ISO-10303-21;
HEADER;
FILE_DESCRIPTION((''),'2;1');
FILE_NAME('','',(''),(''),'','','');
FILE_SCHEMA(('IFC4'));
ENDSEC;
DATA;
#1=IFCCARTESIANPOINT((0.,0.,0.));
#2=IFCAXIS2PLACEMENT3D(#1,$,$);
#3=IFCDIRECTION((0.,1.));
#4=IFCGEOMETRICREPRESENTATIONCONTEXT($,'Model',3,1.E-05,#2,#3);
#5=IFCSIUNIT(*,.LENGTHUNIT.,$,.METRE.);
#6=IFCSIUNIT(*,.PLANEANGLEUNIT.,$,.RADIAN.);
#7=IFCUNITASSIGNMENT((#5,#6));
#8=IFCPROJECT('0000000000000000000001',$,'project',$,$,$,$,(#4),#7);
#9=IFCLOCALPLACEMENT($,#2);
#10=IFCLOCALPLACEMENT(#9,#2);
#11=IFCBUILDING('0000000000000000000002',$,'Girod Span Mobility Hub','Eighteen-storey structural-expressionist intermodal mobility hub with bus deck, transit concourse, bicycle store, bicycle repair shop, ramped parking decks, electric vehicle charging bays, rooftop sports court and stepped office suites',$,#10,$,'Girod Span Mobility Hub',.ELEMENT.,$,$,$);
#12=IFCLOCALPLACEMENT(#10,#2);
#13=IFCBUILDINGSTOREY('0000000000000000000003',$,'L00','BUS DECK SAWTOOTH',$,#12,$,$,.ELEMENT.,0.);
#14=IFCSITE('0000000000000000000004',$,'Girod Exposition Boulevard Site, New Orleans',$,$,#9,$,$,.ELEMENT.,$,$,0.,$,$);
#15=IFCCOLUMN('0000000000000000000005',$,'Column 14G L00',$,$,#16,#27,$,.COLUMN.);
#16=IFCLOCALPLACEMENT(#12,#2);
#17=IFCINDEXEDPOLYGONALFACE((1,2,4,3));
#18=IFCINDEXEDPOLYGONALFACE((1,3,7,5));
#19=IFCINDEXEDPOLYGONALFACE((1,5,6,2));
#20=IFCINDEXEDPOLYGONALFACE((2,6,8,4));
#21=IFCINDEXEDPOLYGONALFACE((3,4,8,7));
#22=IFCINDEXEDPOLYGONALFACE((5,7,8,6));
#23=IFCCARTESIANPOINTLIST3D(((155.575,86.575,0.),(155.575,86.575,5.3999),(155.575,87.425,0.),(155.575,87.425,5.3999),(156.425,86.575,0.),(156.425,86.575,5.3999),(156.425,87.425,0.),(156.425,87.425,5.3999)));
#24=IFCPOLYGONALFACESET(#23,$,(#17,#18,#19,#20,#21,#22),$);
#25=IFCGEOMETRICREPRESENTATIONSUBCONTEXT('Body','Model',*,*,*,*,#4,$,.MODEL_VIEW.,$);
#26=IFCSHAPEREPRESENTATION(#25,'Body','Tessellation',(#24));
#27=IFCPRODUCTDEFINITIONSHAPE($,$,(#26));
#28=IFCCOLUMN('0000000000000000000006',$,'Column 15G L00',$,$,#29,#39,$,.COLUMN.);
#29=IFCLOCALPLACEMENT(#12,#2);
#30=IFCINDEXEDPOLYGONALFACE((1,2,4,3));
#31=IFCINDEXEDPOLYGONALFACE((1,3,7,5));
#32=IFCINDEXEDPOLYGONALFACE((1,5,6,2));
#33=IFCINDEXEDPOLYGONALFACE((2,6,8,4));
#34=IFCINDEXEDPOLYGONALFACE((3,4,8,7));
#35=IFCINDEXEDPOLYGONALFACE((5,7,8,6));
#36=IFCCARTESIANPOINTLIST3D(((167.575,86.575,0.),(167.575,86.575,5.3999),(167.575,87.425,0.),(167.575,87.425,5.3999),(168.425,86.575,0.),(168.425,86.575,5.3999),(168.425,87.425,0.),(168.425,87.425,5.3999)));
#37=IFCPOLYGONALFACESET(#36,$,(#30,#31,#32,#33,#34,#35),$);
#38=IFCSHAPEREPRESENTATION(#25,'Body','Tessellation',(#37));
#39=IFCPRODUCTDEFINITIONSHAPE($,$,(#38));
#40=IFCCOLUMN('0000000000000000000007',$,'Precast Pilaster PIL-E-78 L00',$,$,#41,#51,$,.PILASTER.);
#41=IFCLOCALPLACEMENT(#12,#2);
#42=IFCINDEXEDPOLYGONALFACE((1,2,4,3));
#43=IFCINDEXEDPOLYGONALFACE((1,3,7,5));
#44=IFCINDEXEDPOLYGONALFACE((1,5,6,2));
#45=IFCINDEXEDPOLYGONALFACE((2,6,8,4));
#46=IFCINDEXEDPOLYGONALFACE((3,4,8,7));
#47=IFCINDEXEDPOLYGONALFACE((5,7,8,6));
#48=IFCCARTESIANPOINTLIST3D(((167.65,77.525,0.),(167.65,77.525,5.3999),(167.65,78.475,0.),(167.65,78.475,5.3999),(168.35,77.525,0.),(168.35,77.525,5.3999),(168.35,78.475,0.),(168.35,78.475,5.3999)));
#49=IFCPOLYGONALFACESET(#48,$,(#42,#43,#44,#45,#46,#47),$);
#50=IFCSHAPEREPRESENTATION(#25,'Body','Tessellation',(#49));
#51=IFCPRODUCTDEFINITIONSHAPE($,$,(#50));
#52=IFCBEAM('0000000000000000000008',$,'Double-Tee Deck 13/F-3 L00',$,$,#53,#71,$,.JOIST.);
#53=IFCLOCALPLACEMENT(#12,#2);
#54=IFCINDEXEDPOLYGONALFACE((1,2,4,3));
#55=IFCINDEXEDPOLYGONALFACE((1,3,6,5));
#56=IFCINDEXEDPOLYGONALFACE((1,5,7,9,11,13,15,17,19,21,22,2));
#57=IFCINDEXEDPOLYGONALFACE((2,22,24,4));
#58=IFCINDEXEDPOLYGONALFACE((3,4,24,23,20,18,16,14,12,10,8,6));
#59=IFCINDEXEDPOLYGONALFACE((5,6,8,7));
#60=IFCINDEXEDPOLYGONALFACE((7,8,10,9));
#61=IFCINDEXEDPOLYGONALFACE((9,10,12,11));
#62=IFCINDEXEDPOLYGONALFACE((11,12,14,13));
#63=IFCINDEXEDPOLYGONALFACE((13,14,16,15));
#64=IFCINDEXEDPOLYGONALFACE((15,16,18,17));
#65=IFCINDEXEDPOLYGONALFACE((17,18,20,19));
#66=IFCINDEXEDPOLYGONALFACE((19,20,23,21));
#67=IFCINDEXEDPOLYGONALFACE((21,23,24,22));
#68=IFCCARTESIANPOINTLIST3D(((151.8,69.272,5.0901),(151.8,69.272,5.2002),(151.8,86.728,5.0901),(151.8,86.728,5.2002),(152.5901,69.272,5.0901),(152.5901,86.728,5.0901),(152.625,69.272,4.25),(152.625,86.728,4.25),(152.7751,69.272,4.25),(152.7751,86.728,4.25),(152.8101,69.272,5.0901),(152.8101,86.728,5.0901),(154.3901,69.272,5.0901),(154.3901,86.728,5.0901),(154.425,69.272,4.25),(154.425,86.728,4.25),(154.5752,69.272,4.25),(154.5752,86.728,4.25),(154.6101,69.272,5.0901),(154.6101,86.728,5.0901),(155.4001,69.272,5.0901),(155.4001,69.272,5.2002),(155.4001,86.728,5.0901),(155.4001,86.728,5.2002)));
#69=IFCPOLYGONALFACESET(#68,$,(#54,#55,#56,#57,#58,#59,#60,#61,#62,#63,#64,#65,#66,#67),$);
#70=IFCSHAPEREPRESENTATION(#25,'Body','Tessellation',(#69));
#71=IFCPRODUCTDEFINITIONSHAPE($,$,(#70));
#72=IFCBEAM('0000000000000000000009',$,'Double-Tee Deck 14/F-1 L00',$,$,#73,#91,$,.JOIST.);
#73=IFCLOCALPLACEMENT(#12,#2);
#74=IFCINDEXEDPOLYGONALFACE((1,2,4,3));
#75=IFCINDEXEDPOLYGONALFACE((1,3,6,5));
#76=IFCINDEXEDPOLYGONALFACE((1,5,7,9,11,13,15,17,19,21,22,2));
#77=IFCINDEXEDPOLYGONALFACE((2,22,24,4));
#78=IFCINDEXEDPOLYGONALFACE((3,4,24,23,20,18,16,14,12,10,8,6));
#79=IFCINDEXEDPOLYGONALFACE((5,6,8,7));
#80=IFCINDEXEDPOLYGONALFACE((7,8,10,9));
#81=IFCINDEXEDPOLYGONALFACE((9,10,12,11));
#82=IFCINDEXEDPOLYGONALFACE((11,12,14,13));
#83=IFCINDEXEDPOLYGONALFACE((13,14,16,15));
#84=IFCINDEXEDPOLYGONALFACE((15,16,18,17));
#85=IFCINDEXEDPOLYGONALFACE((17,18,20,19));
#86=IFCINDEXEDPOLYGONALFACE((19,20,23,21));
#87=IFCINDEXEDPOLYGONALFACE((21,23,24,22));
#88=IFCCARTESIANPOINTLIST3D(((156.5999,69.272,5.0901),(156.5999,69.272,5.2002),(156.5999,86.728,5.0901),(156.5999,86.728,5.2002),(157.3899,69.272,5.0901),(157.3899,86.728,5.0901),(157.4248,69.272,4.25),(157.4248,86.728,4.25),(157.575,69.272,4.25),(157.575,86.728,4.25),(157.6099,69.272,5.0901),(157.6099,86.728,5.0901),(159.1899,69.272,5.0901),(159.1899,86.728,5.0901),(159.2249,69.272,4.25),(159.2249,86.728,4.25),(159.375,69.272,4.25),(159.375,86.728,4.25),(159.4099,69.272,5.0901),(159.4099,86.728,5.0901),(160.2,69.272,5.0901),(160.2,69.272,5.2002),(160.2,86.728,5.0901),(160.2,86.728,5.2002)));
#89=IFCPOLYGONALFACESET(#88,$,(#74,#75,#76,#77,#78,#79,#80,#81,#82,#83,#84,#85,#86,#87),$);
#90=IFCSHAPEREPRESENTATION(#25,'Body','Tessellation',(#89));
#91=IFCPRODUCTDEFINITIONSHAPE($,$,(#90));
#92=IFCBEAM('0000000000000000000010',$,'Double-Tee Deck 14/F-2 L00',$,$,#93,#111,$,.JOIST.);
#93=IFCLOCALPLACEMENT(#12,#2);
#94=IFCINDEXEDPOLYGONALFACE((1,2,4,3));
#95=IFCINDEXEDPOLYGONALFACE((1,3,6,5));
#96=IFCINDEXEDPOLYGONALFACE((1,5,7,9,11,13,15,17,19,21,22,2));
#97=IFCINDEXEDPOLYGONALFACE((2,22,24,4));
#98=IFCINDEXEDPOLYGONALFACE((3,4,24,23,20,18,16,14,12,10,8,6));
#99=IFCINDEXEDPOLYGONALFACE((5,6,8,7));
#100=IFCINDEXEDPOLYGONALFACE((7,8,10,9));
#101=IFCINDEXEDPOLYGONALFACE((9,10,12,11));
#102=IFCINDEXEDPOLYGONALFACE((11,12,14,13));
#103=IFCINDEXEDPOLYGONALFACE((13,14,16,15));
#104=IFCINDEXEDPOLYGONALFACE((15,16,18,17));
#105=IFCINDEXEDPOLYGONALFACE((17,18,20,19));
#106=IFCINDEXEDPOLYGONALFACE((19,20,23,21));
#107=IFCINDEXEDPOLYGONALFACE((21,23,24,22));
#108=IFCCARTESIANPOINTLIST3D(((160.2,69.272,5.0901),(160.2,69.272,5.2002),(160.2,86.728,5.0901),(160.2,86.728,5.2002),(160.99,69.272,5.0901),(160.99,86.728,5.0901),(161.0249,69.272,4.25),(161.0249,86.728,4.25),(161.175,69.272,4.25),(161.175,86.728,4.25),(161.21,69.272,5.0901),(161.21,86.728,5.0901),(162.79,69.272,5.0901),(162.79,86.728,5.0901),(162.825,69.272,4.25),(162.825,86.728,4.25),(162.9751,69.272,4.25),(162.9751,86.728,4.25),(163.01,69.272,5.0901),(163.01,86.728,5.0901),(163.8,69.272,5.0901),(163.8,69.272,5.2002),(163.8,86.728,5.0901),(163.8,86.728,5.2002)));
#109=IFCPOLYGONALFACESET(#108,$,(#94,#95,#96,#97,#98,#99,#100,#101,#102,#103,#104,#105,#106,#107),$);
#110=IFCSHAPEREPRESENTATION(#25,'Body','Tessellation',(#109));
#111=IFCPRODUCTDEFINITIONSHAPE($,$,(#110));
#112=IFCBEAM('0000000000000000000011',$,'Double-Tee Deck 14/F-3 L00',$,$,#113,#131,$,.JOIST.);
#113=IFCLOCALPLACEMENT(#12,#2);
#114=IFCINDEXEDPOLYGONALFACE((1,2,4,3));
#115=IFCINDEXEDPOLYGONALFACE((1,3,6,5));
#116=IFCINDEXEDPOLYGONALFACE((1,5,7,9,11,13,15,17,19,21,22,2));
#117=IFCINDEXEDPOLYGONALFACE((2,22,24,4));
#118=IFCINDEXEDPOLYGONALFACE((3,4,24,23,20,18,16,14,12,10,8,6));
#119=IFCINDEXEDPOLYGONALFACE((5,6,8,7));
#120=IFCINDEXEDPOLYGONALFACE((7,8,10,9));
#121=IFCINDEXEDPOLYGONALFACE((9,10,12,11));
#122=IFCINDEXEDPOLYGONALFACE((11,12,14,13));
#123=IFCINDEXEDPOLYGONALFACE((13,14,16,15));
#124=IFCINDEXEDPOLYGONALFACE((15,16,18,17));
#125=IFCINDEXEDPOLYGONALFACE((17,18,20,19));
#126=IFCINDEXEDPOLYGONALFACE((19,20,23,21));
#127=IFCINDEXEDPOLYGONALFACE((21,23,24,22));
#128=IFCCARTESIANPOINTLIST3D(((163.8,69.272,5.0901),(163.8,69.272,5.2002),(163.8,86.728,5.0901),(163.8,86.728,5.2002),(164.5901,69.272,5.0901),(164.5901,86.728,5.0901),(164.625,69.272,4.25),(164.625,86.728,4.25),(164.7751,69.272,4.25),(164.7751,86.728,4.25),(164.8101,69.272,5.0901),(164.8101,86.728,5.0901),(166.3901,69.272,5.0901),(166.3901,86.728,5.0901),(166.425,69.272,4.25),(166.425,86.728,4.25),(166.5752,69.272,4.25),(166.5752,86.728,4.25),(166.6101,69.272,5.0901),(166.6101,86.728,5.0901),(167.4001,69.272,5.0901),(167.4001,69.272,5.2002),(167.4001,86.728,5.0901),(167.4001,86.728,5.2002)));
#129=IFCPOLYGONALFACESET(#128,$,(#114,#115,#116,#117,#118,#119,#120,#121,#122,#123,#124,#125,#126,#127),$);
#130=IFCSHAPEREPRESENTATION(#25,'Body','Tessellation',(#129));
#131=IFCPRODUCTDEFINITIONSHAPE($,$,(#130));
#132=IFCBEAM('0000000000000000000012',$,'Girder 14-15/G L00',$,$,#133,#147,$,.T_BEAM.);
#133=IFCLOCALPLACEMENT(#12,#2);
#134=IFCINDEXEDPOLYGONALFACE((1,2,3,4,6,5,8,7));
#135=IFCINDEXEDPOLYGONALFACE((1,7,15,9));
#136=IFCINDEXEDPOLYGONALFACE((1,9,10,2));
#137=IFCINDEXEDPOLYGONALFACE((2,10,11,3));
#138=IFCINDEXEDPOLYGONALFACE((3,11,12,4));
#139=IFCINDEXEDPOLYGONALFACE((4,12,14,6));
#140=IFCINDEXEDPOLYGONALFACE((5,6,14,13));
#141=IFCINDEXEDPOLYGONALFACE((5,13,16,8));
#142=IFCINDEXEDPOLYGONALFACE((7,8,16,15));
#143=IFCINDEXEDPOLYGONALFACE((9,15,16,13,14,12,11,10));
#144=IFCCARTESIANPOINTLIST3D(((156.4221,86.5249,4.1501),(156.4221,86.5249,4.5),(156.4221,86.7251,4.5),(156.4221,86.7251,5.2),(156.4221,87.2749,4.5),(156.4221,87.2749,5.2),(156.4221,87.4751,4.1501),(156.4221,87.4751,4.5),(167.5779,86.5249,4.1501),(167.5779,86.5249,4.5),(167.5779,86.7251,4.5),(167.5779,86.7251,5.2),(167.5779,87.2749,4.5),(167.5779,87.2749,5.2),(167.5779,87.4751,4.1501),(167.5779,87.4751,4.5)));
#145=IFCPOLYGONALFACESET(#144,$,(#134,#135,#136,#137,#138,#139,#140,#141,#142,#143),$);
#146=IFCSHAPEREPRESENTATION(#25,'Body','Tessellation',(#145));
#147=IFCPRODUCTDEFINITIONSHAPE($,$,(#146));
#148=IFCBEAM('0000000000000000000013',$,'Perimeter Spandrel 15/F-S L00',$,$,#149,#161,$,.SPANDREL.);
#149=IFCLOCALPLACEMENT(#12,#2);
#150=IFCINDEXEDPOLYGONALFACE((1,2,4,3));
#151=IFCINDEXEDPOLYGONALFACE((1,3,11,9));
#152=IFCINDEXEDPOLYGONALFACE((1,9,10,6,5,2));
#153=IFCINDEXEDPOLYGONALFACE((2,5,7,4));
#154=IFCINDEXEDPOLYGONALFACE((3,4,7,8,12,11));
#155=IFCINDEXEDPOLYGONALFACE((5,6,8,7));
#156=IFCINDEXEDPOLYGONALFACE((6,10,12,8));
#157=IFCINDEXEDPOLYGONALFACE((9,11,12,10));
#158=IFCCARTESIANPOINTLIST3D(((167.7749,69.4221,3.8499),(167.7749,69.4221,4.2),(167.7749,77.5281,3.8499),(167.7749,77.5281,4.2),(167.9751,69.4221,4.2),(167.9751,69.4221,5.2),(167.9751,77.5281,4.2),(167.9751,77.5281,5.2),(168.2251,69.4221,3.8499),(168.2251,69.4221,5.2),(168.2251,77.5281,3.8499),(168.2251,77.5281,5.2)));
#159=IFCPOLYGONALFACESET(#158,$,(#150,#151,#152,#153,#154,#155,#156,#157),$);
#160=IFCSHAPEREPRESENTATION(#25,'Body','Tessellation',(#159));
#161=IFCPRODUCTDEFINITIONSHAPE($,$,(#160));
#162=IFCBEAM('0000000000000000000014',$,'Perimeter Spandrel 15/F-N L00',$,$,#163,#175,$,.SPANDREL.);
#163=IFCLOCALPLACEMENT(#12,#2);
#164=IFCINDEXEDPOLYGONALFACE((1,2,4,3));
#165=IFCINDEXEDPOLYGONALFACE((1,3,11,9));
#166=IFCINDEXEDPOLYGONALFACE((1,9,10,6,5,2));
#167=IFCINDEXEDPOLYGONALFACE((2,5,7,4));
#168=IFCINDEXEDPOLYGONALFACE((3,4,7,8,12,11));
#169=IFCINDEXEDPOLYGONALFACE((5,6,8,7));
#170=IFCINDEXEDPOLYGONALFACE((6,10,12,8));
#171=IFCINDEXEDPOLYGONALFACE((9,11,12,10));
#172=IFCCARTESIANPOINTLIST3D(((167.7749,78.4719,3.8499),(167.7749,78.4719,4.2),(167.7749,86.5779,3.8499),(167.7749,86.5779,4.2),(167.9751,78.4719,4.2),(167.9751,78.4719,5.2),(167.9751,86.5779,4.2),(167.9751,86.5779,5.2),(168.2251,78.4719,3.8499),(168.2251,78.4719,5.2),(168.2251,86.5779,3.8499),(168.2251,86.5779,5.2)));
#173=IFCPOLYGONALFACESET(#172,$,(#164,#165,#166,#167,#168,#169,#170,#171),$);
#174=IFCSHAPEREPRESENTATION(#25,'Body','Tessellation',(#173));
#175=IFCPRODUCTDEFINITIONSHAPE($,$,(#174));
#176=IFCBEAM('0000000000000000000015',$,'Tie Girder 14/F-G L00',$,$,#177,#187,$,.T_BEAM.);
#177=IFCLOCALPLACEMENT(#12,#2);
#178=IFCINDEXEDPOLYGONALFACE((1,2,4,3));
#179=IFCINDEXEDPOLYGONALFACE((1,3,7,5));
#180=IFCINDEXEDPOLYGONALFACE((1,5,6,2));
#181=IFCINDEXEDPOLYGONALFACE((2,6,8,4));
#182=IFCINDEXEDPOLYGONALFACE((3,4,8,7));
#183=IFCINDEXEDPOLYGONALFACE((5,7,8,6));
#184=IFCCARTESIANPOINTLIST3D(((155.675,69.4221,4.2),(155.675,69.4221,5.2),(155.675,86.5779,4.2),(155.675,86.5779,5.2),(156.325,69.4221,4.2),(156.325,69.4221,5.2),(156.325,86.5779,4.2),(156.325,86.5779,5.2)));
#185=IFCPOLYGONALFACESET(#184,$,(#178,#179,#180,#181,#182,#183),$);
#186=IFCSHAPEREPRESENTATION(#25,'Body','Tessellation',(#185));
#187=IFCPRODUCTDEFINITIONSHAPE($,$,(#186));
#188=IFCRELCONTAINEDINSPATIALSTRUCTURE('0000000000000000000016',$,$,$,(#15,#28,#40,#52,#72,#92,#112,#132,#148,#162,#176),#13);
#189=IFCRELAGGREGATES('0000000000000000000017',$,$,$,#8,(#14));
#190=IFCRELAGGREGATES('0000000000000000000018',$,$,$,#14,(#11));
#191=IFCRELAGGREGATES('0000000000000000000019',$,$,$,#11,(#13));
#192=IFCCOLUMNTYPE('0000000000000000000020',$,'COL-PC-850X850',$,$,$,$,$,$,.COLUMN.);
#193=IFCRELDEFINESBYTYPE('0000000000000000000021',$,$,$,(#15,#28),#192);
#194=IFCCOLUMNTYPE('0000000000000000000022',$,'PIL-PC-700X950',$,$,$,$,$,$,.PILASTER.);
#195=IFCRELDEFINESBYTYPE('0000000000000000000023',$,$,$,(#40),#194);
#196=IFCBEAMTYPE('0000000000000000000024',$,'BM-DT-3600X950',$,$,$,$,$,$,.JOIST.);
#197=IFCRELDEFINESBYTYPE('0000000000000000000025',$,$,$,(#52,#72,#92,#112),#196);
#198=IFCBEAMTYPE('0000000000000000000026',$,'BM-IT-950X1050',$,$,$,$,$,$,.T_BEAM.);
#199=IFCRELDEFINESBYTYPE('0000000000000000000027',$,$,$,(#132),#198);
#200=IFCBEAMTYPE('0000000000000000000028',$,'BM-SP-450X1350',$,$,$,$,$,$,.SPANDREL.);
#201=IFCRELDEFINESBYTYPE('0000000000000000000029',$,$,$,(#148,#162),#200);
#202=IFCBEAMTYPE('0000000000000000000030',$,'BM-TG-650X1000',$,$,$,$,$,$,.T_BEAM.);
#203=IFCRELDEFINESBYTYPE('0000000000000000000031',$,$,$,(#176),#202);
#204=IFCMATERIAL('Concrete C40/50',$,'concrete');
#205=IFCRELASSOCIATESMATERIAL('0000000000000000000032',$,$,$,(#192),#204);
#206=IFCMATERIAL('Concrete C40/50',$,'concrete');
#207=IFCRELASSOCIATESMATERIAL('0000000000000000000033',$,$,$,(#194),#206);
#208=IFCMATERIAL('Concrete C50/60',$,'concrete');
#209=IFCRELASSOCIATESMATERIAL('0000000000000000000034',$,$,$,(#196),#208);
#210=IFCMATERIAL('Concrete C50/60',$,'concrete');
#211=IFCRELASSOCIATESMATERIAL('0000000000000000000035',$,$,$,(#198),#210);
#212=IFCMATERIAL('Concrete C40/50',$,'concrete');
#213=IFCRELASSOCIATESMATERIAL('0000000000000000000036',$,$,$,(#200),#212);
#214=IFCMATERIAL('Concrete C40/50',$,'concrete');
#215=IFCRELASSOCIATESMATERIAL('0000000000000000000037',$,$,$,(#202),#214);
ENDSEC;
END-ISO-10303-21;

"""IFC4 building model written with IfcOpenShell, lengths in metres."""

from ifc_helpers import new_model, si_unit, direction, frame, origin, origin_2d, place, context, subcontext, project, spatial, polyline, rectangle, outline, extrude, material, material_profile, profile_set, type_object, element, save


model = new_model("IFC4")

# Units and contexts
model_context = context("Model", 3, precision=1e-05, world=origin(), true_north=direction((0.0, 1.0)))
body_context = subcontext(model_context, "Body", "Model", "MODEL_VIEW")
ifc_project = project(units=[si_unit("LENGTHUNIT", "METRE"), si_unit("PLANEANGLEUNIT", "RADIAN")], contexts=[model_context])

# Site, building, storey
site_placement = place(None, origin())
site = spatial("IfcSite", under=ifc_project, at=site_placement, Name="Girod Exposition Boulevard Site, New Orleans", CompositionType="ELEMENT", RefElevation=0.0)
building_placement = place(site_placement, origin())
building = spatial("IfcBuilding", under=site, at=building_placement, Name="Girod Span Mobility Hub", Description="Eighteen-storey structural-expressionist intermodal mobility hub with bus deck, transit concourse, bicycle store, bicycle repair shop, ramped parking decks, electric vehicle charging bays, rooftop sports court and stepped office suites", LongName="Girod Span Mobility Hub", CompositionType="ELEMENT")
storey_placement = place(building_placement, origin())
storey = spatial("IfcBuildingStorey", under=building, at=storey_placement, Name="L00", Description="BUS DECK SAWTOOTH", CompositionType="ELEMENT", Elevation=0.0)

# Columns
ifc_material_1 = material(Name="Concrete C40/50", Category="concrete")
ifc_material_profile_1 = material_profile(ifc_material_1, rectangle(XDim=0.8501, YDim=0.8501, at=origin_2d()), Name="PC-COL-850X850")
ifc_profile_set_1 = profile_set([ifc_material_profile_1], Name="Concrete C40/50")
column_type_1 = type_object("IfcColumnType", Name="COL-PC-850X850", PredefinedType="COLUMN", material=ifc_profile_set_1)
for number, where, z_axis, x_axis, name in (
    (1, (156.0, 87.0, 0.0), (0.0, 0.0, 1.0), (1.0, 0.0, 0.0), "Column 14G L00"),
    (2, (168.0, 87.0, 0.0), (0.0, 0.0, 1.0), (1.0, 0.0, 0.0), "Column 15G L00"),
):
    element("IfcColumn", number, at=place(storey_placement, frame(where, z_axis=z_axis, x_axis=x_axis)), inside=storey, type_object=column_type_1, Name=name, PredefinedType="COLUMN", context=body_context, shape_type="SweptSolid", body=[
        extrude(rectangle(XDim=0.8501, YDim=0.8501, at=origin_2d()), origin(), (0.0, 0.0, 1.0), 5.3999),
    ])
ifc_material_2 = material(Name="Concrete C40/50", Category="concrete")
ifc_material_profile_2 = material_profile(ifc_material_2, rectangle(XDim=0.7, YDim=0.95, at=origin_2d()), Name="PC-PIL-700X950")
ifc_profile_set_2 = profile_set([ifc_material_profile_2], Name="Concrete C40/50")
column_type_2 = type_object("IfcColumnType", Name="PIL-PC-700X950", PredefinedType="PILASTER", material=ifc_profile_set_2)
column_placement = place(storey_placement, frame((168.0, 78.0, 0.0), z_axis=(0.0, 0.0, 1.0), x_axis=(1.0, 0.0, 0.0)))
element("IfcColumn", 3, at=column_placement, inside=storey, type_object=column_type_2, Name="Precast Pilaster PIL-E-78 L00", PredefinedType="PILASTER", context=body_context, shape_type="SweptSolid", body=[
    extrude(rectangle(XDim=0.7, YDim=0.95, at=origin_2d()), origin(), (0.0, 0.0, 1.0), 5.3999),
])

# Beams
ifc_material_3 = material(Name="Concrete C50/60", Category="concrete")
ifc_material_profile_3 = material_profile(ifc_material_3, outline(polyline([(-1.8, 0.4751), (-1.8, 0.365), (-1.01, 0.365), (-0.9751, -0.4751), (-0.825, -0.4751), (-0.79, 0.365), (0.79, 0.365), (0.825, -0.4751), (0.9751, -0.4751), (1.01, 0.365), (1.8, 0.365), (1.8, 0.4751), (-1.8, 0.4751)])), Name="DT-3600X950")
ifc_profile_set_3 = profile_set([ifc_material_profile_3], Name="Concrete C50/60")
beam_type_1 = type_object("IfcBeamType", Name="BM-DT-3600X950", PredefinedType="JOIST", material=ifc_profile_set_3)
for number, where, z_axis, x_axis, name in (
    (4, (153.6001, 69.272, 4.7251), (0.0, 1.0, 0.0), (-1.0, 0.0, 0.0), "Double-Tee Deck 13/F-3 L00"),
    (5, (158.3999, 69.272, 4.7251), (0.0, 1.0, 0.0), (-1.0, 0.0, 0.0), "Double-Tee Deck 14/F-1 L00"),
    (6, (162.0, 69.272, 4.7251), (0.0, 1.0, 0.0), (-1.0, 0.0, 0.0), "Double-Tee Deck 14/F-2 L00"),
    (7, (165.6001, 69.272, 4.7251), (0.0, 1.0, 0.0), (-1.0, 0.0, 0.0), "Double-Tee Deck 14/F-3 L00"),
):
    element("IfcBeam", number, at=place(storey_placement, frame(where, z_axis=z_axis, x_axis=x_axis)), inside=storey, type_object=beam_type_1, Name=name, PredefinedType="JOIST", context=body_context, shape_type="SweptSolid", body=[
        extrude(outline(polyline([(-1.8, 0.4751), (-1.8, 0.365), (-1.01, 0.365), (-0.9751, -0.4751), (-0.825, -0.4751), (-0.79, 0.365), (0.79, 0.365), (0.825, -0.4751), (0.9751, -0.4751), (1.01, 0.365), (1.8, 0.365), (1.8, 0.4751), (-1.8, 0.4751)])), origin(), (0.0, 0.0, 1.0), 17.4561),
    ])
ifc_material_4 = material(Name="Concrete C50/60", Category="concrete")
ifc_material_profile_4 = material_profile(ifc_material_4, outline(polyline([(-0.4751, -0.5249), (0.4751, -0.5249), (0.4751, -0.175), (0.2749, -0.175), (0.2749, 0.5249), (-0.2749, 0.5249), (-0.2749, -0.175), (-0.4751, -0.175), (-0.4751, -0.5249)])), Name="IT-950X1050")
ifc_profile_set_4 = profile_set([ifc_material_profile_4], Name="Concrete C50/60")
beam_type_2 = type_object("IfcBeamType", Name="BM-IT-950X1050", PredefinedType="T_BEAM", material=ifc_profile_set_4)
beam_1_placement = place(storey_placement, frame((156.4221, 87.0, 4.675), z_axis=(1.0, 0.0, 0.0), x_axis=(0.0, 1.0, 0.0)))
element("IfcBeam", 8, at=beam_1_placement, inside=storey, type_object=beam_type_2, Name="Girder 14-15/G L00", PredefinedType="T_BEAM", context=body_context, shape_type="SweptSolid", body=[
    extrude(outline(polyline([(-0.4751, -0.5249), (0.4751, -0.5249), (0.4751, -0.175), (0.2749, -0.175), (0.2749, 0.5249), (-0.2749, 0.5249), (-0.2749, -0.175), (-0.4751, -0.175), (-0.4751, -0.5249)])), origin(), (0.0, 0.0, 1.0), 11.1558),
])
ifc_material_5 = material(Name="Concrete C40/50", Category="concrete")
ifc_material_profile_5 = material_profile(ifc_material_5, outline(polyline([(-0.2251, -0.675), (0.2251, -0.675), (0.2251, -0.325), (0.0249, -0.325), (0.0249, 0.675), (-0.2251, 0.675), (-0.2251, -0.675)])), Name="SP-450X1350")
ifc_profile_set_5 = profile_set([ifc_material_profile_5], Name="Concrete C40/50")
beam_type_3 = type_object("IfcBeamType", Name="BM-SP-450X1350", PredefinedType="SPANDREL", material=ifc_profile_set_5)
for number, where, z_axis, x_axis, name in (
    (9, (168.0, 69.4221, 4.5249), (0.0, 1.0, 0.0), (-1.0, 0.0, 0.0), "Perimeter Spandrel 15/F-S L00"),
    (10, (168.0, 78.4719, 4.5249), (0.0, 1.0, 0.0), (-1.0, 0.0, 0.0), "Perimeter Spandrel 15/F-N L00"),
):
    element("IfcBeam", number, at=place(storey_placement, frame(where, z_axis=z_axis, x_axis=x_axis)), inside=storey, type_object=beam_type_3, Name=name, PredefinedType="SPANDREL", context=body_context, shape_type="SweptSolid", body=[
        extrude(outline(polyline([(-0.2251, -0.675), (0.2251, -0.675), (0.2251, -0.325), (0.0249, -0.325), (0.0249, 0.675), (-0.2251, 0.675), (-0.2251, -0.675)])), origin(), (0.0, 0.0, 1.0), 8.106),
    ])
ifc_material_6 = material(Name="Concrete C40/50", Category="concrete")
ifc_material_profile_6 = material_profile(ifc_material_6, rectangle(XDim=0.6499, YDim=1.0, at=origin_2d()), Name="TG-650X1000")
ifc_profile_set_6 = profile_set([ifc_material_profile_6], Name="Concrete C40/50")
beam_type_4 = type_object("IfcBeamType", Name="BM-TG-650X1000", PredefinedType="T_BEAM", material=ifc_profile_set_6)
beam_2_placement = place(storey_placement, frame((156.0, 69.4221, 4.7), z_axis=(0.0, 1.0, 0.0), x_axis=(-1.0, 0.0, 0.0)))
element("IfcBeam", 11, at=beam_2_placement, inside=storey, type_object=beam_type_4, Name="Tie Girder 14/F-G L00", PredefinedType="T_BEAM", context=body_context, shape_type="SweptSolid", body=[
    extrude(rectangle(XDim=0.6499, YDim=1.0, at=origin_2d()), origin(), (0.0, 0.0, 1.0), 17.1558),
])

save(model, "model.ifc")
